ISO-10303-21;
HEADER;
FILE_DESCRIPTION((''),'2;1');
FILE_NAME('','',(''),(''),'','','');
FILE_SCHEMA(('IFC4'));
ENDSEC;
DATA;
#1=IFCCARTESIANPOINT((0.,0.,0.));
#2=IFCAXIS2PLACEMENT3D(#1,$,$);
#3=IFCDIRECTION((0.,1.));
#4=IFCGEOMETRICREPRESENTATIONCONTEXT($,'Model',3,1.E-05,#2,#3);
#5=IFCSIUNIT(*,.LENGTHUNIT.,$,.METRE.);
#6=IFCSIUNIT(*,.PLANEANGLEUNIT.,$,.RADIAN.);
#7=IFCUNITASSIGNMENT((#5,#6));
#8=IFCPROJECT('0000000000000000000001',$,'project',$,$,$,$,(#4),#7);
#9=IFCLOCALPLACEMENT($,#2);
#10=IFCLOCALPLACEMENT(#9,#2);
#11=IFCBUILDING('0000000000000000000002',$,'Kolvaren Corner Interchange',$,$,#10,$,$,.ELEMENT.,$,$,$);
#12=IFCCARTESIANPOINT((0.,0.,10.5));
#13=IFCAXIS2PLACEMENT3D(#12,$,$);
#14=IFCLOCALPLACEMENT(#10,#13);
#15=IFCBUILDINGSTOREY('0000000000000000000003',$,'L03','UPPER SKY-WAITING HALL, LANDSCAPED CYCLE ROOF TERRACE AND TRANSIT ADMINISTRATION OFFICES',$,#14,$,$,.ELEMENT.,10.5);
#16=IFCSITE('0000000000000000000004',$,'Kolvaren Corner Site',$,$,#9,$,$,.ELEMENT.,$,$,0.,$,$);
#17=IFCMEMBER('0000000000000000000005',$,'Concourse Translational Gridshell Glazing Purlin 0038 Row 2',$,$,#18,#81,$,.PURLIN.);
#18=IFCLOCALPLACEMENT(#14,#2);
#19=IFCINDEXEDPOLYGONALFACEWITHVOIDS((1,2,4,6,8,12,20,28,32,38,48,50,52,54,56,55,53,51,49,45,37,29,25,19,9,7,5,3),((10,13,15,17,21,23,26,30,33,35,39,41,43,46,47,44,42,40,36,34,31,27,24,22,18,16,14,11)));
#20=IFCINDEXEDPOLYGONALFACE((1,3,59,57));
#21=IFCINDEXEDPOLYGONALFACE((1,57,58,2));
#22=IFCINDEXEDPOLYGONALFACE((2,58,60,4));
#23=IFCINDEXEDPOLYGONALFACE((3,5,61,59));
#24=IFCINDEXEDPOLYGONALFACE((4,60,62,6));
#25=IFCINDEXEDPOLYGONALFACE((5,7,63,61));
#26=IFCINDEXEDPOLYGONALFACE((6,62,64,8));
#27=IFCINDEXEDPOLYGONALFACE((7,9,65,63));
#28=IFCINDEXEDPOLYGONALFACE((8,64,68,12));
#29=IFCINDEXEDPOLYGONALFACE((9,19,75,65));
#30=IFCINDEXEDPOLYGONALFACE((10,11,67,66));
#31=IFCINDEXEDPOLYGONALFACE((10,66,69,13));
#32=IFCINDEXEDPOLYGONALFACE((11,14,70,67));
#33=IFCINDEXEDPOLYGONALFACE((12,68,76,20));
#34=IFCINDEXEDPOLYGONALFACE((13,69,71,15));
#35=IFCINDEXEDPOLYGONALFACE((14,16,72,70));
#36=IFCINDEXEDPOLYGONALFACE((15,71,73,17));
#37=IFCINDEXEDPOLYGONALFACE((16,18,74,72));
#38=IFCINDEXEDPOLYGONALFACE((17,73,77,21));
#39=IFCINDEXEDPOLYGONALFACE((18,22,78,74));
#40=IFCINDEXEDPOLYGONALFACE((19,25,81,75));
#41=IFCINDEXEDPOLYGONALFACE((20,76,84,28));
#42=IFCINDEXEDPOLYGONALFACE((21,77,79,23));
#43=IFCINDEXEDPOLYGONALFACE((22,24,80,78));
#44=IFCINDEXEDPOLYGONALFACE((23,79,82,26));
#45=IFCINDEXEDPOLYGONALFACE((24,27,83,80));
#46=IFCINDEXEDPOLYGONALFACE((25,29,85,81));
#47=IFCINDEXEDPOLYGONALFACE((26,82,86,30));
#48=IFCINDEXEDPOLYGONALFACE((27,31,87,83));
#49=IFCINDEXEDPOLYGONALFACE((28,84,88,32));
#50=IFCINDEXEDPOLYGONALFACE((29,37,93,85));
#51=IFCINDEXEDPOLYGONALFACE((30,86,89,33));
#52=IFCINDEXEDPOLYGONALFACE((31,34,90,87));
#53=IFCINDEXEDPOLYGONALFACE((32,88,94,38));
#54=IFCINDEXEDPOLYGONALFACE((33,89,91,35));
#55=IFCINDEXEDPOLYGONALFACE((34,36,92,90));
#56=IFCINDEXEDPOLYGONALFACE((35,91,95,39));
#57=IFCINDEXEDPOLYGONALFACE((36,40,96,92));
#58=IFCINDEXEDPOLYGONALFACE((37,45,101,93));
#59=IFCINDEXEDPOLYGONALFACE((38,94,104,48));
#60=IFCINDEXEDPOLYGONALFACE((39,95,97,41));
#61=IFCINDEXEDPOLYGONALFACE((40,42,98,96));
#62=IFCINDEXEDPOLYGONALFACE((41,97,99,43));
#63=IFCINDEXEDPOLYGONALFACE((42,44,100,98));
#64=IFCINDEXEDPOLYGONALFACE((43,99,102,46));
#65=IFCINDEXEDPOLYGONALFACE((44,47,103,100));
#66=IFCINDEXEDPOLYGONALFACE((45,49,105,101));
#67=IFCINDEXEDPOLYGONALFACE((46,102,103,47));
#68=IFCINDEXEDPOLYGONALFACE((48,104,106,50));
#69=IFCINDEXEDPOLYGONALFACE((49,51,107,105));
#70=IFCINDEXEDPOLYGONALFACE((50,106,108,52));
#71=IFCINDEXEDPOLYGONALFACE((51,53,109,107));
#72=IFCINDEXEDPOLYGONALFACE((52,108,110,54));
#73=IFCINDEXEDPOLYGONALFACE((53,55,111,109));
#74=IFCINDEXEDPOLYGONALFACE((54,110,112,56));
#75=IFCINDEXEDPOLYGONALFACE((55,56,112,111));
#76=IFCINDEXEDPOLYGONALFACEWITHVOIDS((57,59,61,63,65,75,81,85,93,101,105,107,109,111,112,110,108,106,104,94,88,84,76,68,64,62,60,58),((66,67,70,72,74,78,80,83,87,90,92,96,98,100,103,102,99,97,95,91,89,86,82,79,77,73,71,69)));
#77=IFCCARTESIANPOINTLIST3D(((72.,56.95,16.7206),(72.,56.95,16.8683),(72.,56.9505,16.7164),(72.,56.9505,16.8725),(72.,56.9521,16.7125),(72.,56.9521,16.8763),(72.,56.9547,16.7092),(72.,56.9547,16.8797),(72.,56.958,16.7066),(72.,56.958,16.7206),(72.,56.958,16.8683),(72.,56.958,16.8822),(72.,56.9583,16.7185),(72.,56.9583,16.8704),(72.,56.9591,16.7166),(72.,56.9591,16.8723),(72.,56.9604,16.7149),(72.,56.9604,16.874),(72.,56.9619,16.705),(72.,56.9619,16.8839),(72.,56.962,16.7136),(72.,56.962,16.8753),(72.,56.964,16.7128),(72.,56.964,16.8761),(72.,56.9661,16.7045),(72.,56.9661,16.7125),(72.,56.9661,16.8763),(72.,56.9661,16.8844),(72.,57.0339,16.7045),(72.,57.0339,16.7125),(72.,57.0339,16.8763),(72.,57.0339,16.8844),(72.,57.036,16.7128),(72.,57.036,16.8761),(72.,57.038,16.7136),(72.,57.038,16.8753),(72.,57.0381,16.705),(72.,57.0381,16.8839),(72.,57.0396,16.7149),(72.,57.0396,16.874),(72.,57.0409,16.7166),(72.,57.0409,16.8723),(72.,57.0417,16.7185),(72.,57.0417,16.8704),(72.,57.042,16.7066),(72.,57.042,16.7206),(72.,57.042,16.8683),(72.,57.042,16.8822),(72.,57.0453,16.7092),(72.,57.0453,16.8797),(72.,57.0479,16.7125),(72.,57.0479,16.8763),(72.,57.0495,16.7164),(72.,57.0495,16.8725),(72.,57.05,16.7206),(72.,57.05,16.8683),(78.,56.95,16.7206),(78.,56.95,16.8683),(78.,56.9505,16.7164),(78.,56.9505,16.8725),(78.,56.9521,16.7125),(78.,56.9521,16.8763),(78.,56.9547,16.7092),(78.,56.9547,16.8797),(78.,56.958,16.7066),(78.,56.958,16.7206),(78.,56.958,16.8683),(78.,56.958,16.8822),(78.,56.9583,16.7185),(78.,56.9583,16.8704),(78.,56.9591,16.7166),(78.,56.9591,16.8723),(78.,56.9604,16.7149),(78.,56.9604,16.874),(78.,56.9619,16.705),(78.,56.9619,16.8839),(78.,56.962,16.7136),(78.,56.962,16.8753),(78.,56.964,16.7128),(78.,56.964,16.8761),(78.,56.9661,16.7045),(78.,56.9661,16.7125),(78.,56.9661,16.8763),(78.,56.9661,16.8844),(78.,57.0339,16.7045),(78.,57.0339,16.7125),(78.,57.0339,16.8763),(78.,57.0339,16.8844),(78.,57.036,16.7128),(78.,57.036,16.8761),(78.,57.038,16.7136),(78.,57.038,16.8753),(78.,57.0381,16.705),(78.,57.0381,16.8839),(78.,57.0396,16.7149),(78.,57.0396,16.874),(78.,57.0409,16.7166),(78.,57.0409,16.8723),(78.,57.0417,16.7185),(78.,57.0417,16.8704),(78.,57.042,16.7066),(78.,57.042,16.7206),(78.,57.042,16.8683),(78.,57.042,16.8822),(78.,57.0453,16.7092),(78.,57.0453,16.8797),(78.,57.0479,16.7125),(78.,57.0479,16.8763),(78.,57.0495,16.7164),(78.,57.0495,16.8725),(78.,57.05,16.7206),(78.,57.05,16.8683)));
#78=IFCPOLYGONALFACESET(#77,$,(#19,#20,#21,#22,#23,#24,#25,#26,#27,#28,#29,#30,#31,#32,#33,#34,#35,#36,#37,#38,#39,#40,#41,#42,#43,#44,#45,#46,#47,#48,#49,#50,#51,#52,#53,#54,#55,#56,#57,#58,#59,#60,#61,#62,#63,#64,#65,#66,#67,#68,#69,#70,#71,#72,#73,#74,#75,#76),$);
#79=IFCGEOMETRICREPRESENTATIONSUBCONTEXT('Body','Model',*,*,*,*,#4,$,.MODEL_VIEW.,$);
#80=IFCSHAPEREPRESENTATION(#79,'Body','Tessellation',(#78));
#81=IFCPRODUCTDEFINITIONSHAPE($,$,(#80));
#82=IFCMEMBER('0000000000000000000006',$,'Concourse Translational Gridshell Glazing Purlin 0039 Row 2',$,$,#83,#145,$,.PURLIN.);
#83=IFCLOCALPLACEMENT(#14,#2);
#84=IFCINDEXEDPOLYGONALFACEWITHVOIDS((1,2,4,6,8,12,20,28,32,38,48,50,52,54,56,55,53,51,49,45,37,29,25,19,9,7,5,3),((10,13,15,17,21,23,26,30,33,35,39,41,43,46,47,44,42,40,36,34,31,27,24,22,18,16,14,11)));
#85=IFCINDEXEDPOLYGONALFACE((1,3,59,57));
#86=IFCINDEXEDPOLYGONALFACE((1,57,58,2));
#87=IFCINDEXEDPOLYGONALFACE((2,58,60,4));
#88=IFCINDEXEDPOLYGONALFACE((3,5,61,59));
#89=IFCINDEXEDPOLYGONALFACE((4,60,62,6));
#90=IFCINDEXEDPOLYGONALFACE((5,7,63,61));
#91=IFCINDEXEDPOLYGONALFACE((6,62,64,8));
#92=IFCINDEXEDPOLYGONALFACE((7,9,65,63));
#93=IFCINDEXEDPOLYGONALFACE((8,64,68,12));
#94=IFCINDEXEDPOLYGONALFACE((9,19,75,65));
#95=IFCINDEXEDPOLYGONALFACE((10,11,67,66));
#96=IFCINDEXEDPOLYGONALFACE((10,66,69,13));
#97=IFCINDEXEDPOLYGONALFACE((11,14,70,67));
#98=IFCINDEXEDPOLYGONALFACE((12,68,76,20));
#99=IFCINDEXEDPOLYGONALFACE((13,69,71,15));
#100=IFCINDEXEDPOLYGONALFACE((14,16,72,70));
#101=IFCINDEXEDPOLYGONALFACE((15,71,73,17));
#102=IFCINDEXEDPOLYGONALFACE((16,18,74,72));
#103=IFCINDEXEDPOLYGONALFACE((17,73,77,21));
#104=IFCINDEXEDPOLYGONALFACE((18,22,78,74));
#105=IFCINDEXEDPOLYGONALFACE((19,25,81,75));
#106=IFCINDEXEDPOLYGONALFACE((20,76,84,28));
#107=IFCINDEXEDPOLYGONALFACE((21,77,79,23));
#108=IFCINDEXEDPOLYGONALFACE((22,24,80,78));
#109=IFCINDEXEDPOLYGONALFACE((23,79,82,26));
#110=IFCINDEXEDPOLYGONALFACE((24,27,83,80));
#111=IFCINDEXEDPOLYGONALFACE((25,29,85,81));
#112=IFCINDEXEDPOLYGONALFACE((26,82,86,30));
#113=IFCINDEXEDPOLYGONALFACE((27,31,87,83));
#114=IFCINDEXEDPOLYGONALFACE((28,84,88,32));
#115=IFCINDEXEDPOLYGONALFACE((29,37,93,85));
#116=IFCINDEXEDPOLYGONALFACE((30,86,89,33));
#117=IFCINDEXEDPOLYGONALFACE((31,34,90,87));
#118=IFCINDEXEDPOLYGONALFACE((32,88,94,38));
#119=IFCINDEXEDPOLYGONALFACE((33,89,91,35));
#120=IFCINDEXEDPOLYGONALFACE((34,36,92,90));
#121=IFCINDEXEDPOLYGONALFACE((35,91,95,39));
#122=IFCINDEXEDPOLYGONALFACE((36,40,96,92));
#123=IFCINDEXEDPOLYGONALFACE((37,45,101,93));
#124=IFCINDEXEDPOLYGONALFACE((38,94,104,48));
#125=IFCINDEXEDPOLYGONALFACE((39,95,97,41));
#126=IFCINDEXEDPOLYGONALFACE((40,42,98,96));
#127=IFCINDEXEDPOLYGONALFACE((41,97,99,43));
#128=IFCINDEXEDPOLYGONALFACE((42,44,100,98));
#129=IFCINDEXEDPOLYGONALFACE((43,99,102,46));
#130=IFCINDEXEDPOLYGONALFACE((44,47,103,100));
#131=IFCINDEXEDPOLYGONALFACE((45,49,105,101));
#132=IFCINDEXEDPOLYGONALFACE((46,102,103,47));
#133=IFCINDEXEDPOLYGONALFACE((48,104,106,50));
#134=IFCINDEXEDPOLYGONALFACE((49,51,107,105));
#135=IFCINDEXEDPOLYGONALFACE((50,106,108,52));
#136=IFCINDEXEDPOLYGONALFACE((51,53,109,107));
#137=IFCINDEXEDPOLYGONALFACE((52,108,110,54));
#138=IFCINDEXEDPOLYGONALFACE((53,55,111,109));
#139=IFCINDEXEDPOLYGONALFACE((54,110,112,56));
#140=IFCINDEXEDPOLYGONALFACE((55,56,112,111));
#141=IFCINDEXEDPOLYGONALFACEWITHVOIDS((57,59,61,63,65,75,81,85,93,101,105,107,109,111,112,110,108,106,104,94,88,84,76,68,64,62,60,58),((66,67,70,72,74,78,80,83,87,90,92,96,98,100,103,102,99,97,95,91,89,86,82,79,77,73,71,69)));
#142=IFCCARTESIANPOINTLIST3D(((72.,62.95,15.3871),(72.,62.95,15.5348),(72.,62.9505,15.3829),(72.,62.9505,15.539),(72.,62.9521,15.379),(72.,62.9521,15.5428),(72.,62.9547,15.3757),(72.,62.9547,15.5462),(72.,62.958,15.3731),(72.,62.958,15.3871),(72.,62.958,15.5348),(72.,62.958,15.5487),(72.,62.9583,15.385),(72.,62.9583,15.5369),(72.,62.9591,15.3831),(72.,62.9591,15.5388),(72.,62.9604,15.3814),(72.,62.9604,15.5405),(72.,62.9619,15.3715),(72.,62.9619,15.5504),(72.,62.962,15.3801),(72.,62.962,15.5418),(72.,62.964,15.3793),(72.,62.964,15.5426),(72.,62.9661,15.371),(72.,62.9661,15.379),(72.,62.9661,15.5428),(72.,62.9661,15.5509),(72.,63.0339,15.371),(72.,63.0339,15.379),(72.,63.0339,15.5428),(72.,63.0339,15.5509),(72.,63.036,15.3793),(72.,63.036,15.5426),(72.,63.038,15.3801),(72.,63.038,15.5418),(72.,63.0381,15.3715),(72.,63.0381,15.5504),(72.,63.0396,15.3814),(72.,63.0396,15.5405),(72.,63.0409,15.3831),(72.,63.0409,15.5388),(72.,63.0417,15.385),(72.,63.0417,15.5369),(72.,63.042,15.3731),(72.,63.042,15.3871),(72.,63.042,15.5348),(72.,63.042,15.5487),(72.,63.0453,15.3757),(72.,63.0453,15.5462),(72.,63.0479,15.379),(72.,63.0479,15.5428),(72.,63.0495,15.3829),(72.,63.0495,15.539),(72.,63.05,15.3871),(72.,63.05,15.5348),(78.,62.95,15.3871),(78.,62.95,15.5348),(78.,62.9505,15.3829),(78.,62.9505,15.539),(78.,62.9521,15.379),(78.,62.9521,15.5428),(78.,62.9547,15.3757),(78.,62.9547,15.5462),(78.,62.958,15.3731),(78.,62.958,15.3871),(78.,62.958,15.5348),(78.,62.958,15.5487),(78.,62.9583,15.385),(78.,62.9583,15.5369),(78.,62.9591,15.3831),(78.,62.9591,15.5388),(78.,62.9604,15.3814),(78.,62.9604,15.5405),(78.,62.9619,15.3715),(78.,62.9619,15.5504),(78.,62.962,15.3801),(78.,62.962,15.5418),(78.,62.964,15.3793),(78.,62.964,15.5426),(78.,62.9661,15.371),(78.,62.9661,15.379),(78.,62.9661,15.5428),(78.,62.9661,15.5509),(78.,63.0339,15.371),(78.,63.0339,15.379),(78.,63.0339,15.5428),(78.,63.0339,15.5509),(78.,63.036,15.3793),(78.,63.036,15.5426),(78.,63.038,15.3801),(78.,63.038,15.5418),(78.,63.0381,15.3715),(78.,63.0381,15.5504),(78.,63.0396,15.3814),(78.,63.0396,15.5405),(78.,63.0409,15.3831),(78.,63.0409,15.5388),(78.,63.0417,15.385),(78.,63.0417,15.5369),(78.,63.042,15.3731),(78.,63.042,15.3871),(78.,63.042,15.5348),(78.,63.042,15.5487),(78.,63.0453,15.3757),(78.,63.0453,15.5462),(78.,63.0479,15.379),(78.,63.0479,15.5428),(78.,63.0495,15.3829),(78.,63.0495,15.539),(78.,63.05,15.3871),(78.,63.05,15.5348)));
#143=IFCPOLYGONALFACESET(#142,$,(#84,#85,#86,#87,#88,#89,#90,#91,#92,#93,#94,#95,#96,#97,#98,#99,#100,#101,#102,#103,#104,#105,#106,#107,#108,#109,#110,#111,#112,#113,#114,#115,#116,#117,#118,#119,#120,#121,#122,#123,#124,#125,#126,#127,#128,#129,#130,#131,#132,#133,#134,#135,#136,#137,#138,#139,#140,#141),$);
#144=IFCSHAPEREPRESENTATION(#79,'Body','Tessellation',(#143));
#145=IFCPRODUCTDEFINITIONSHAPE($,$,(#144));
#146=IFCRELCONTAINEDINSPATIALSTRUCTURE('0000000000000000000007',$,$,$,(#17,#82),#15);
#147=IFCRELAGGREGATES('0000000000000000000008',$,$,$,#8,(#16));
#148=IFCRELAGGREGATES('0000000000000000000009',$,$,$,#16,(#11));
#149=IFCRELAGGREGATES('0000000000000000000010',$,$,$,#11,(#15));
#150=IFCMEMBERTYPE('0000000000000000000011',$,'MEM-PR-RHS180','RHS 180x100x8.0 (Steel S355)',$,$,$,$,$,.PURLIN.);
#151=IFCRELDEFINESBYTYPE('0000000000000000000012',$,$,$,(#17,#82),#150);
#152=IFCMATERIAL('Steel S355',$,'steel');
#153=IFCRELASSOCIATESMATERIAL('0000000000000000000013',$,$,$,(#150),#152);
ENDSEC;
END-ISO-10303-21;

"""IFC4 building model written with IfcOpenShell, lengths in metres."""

from ifc_helpers import new_model, si_unit, direction, frame, origin, origin_2d, place, context, subcontext, project, spatial, hollow_rectangle, extrude, material, material_profile, profile_set, type_object, element, save


model = new_model("IFC4")

# Units and contexts
model_context = context("Model", 3, precision=1e-05, world=origin(), true_north=direction((0.0, 1.0)))
body_context = subcontext(model_context, "Body", "Model", "MODEL_VIEW")
ifc_project = project(units=[si_unit("LENGTHUNIT", "METRE"), si_unit("PLANEANGLEUNIT", "RADIAN")], contexts=[model_context])

# Site, building, storey
site_placement = place(None, origin())
site = spatial("IfcSite", under=ifc_project, at=site_placement, Name="Kolvaren Corner Site", CompositionType="ELEMENT", RefElevation=0.0)
building_placement = place(site_placement, origin())
building = spatial("IfcBuilding", under=site, at=building_placement, Name="Kolvaren Corner Interchange", CompositionType="ELEMENT")
storey_placement = place(building_placement, frame((0.0, 0.0, 10.5)))
storey = spatial("IfcBuildingStorey", under=building, at=storey_placement, Name="L03", Description="UPPER SKY-WAITING HALL, LANDSCAPED CYCLE ROOF TERRACE AND TRANSIT ADMINISTRATION OFFICES", CompositionType="ELEMENT", Elevation=10.5)

# Members
ifc_material_1 = material(Name="Steel S355", Category="steel")
ifc_material_profile_1 = material_profile(ifc_material_1, hollow_rectangle(XDim=0.1001, YDim=0.1799, WallThickness=0.0081, InnerFilletRadius=0.0081, OuterFilletRadius=0.0161, at=origin_2d()), Name="RHS 180x100x8.0")
ifc_profile_set_1 = profile_set([ifc_material_profile_1], Name="Steel S355")
member_type_1 = type_object("IfcMemberType", Name="MEM-PR-RHS180", Description="RHS 180x100x8.0 (Steel S355)", PredefinedType="PURLIN", material=ifc_profile_set_1)
for number, where, z_axis, x_axis, name in (
    (1, (72.0, 57.0, 16.7944), (1.0, 0.0, 0.0), (0.0, 1.0, 0.0), "Concourse Translational Gridshell Glazing Purlin 0038 Row 2"),
    (2, (72.0, 63.0, 15.4609), (1.0, 0.0, 0.0), (0.0, 1.0, 0.0), "Concourse Translational Gridshell Glazing Purlin 0039 Row 2"),
):
    element("IfcMember", number, at=place(storey_placement, frame(where, z_axis=z_axis, x_axis=x_axis)), inside=storey, type_object=member_type_1, Name=name, PredefinedType="PURLIN", context=body_context, shape_type="SweptSolid", body=[
        extrude(hollow_rectangle(XDim=0.1001, YDim=0.1799, WallThickness=0.0081, InnerFilletRadius=0.0081, OuterFilletRadius=0.0161, at=origin_2d()), origin(), (0.0, 0.0, 1.0), 6.0),
    ])

save(model, "model.ifc")
